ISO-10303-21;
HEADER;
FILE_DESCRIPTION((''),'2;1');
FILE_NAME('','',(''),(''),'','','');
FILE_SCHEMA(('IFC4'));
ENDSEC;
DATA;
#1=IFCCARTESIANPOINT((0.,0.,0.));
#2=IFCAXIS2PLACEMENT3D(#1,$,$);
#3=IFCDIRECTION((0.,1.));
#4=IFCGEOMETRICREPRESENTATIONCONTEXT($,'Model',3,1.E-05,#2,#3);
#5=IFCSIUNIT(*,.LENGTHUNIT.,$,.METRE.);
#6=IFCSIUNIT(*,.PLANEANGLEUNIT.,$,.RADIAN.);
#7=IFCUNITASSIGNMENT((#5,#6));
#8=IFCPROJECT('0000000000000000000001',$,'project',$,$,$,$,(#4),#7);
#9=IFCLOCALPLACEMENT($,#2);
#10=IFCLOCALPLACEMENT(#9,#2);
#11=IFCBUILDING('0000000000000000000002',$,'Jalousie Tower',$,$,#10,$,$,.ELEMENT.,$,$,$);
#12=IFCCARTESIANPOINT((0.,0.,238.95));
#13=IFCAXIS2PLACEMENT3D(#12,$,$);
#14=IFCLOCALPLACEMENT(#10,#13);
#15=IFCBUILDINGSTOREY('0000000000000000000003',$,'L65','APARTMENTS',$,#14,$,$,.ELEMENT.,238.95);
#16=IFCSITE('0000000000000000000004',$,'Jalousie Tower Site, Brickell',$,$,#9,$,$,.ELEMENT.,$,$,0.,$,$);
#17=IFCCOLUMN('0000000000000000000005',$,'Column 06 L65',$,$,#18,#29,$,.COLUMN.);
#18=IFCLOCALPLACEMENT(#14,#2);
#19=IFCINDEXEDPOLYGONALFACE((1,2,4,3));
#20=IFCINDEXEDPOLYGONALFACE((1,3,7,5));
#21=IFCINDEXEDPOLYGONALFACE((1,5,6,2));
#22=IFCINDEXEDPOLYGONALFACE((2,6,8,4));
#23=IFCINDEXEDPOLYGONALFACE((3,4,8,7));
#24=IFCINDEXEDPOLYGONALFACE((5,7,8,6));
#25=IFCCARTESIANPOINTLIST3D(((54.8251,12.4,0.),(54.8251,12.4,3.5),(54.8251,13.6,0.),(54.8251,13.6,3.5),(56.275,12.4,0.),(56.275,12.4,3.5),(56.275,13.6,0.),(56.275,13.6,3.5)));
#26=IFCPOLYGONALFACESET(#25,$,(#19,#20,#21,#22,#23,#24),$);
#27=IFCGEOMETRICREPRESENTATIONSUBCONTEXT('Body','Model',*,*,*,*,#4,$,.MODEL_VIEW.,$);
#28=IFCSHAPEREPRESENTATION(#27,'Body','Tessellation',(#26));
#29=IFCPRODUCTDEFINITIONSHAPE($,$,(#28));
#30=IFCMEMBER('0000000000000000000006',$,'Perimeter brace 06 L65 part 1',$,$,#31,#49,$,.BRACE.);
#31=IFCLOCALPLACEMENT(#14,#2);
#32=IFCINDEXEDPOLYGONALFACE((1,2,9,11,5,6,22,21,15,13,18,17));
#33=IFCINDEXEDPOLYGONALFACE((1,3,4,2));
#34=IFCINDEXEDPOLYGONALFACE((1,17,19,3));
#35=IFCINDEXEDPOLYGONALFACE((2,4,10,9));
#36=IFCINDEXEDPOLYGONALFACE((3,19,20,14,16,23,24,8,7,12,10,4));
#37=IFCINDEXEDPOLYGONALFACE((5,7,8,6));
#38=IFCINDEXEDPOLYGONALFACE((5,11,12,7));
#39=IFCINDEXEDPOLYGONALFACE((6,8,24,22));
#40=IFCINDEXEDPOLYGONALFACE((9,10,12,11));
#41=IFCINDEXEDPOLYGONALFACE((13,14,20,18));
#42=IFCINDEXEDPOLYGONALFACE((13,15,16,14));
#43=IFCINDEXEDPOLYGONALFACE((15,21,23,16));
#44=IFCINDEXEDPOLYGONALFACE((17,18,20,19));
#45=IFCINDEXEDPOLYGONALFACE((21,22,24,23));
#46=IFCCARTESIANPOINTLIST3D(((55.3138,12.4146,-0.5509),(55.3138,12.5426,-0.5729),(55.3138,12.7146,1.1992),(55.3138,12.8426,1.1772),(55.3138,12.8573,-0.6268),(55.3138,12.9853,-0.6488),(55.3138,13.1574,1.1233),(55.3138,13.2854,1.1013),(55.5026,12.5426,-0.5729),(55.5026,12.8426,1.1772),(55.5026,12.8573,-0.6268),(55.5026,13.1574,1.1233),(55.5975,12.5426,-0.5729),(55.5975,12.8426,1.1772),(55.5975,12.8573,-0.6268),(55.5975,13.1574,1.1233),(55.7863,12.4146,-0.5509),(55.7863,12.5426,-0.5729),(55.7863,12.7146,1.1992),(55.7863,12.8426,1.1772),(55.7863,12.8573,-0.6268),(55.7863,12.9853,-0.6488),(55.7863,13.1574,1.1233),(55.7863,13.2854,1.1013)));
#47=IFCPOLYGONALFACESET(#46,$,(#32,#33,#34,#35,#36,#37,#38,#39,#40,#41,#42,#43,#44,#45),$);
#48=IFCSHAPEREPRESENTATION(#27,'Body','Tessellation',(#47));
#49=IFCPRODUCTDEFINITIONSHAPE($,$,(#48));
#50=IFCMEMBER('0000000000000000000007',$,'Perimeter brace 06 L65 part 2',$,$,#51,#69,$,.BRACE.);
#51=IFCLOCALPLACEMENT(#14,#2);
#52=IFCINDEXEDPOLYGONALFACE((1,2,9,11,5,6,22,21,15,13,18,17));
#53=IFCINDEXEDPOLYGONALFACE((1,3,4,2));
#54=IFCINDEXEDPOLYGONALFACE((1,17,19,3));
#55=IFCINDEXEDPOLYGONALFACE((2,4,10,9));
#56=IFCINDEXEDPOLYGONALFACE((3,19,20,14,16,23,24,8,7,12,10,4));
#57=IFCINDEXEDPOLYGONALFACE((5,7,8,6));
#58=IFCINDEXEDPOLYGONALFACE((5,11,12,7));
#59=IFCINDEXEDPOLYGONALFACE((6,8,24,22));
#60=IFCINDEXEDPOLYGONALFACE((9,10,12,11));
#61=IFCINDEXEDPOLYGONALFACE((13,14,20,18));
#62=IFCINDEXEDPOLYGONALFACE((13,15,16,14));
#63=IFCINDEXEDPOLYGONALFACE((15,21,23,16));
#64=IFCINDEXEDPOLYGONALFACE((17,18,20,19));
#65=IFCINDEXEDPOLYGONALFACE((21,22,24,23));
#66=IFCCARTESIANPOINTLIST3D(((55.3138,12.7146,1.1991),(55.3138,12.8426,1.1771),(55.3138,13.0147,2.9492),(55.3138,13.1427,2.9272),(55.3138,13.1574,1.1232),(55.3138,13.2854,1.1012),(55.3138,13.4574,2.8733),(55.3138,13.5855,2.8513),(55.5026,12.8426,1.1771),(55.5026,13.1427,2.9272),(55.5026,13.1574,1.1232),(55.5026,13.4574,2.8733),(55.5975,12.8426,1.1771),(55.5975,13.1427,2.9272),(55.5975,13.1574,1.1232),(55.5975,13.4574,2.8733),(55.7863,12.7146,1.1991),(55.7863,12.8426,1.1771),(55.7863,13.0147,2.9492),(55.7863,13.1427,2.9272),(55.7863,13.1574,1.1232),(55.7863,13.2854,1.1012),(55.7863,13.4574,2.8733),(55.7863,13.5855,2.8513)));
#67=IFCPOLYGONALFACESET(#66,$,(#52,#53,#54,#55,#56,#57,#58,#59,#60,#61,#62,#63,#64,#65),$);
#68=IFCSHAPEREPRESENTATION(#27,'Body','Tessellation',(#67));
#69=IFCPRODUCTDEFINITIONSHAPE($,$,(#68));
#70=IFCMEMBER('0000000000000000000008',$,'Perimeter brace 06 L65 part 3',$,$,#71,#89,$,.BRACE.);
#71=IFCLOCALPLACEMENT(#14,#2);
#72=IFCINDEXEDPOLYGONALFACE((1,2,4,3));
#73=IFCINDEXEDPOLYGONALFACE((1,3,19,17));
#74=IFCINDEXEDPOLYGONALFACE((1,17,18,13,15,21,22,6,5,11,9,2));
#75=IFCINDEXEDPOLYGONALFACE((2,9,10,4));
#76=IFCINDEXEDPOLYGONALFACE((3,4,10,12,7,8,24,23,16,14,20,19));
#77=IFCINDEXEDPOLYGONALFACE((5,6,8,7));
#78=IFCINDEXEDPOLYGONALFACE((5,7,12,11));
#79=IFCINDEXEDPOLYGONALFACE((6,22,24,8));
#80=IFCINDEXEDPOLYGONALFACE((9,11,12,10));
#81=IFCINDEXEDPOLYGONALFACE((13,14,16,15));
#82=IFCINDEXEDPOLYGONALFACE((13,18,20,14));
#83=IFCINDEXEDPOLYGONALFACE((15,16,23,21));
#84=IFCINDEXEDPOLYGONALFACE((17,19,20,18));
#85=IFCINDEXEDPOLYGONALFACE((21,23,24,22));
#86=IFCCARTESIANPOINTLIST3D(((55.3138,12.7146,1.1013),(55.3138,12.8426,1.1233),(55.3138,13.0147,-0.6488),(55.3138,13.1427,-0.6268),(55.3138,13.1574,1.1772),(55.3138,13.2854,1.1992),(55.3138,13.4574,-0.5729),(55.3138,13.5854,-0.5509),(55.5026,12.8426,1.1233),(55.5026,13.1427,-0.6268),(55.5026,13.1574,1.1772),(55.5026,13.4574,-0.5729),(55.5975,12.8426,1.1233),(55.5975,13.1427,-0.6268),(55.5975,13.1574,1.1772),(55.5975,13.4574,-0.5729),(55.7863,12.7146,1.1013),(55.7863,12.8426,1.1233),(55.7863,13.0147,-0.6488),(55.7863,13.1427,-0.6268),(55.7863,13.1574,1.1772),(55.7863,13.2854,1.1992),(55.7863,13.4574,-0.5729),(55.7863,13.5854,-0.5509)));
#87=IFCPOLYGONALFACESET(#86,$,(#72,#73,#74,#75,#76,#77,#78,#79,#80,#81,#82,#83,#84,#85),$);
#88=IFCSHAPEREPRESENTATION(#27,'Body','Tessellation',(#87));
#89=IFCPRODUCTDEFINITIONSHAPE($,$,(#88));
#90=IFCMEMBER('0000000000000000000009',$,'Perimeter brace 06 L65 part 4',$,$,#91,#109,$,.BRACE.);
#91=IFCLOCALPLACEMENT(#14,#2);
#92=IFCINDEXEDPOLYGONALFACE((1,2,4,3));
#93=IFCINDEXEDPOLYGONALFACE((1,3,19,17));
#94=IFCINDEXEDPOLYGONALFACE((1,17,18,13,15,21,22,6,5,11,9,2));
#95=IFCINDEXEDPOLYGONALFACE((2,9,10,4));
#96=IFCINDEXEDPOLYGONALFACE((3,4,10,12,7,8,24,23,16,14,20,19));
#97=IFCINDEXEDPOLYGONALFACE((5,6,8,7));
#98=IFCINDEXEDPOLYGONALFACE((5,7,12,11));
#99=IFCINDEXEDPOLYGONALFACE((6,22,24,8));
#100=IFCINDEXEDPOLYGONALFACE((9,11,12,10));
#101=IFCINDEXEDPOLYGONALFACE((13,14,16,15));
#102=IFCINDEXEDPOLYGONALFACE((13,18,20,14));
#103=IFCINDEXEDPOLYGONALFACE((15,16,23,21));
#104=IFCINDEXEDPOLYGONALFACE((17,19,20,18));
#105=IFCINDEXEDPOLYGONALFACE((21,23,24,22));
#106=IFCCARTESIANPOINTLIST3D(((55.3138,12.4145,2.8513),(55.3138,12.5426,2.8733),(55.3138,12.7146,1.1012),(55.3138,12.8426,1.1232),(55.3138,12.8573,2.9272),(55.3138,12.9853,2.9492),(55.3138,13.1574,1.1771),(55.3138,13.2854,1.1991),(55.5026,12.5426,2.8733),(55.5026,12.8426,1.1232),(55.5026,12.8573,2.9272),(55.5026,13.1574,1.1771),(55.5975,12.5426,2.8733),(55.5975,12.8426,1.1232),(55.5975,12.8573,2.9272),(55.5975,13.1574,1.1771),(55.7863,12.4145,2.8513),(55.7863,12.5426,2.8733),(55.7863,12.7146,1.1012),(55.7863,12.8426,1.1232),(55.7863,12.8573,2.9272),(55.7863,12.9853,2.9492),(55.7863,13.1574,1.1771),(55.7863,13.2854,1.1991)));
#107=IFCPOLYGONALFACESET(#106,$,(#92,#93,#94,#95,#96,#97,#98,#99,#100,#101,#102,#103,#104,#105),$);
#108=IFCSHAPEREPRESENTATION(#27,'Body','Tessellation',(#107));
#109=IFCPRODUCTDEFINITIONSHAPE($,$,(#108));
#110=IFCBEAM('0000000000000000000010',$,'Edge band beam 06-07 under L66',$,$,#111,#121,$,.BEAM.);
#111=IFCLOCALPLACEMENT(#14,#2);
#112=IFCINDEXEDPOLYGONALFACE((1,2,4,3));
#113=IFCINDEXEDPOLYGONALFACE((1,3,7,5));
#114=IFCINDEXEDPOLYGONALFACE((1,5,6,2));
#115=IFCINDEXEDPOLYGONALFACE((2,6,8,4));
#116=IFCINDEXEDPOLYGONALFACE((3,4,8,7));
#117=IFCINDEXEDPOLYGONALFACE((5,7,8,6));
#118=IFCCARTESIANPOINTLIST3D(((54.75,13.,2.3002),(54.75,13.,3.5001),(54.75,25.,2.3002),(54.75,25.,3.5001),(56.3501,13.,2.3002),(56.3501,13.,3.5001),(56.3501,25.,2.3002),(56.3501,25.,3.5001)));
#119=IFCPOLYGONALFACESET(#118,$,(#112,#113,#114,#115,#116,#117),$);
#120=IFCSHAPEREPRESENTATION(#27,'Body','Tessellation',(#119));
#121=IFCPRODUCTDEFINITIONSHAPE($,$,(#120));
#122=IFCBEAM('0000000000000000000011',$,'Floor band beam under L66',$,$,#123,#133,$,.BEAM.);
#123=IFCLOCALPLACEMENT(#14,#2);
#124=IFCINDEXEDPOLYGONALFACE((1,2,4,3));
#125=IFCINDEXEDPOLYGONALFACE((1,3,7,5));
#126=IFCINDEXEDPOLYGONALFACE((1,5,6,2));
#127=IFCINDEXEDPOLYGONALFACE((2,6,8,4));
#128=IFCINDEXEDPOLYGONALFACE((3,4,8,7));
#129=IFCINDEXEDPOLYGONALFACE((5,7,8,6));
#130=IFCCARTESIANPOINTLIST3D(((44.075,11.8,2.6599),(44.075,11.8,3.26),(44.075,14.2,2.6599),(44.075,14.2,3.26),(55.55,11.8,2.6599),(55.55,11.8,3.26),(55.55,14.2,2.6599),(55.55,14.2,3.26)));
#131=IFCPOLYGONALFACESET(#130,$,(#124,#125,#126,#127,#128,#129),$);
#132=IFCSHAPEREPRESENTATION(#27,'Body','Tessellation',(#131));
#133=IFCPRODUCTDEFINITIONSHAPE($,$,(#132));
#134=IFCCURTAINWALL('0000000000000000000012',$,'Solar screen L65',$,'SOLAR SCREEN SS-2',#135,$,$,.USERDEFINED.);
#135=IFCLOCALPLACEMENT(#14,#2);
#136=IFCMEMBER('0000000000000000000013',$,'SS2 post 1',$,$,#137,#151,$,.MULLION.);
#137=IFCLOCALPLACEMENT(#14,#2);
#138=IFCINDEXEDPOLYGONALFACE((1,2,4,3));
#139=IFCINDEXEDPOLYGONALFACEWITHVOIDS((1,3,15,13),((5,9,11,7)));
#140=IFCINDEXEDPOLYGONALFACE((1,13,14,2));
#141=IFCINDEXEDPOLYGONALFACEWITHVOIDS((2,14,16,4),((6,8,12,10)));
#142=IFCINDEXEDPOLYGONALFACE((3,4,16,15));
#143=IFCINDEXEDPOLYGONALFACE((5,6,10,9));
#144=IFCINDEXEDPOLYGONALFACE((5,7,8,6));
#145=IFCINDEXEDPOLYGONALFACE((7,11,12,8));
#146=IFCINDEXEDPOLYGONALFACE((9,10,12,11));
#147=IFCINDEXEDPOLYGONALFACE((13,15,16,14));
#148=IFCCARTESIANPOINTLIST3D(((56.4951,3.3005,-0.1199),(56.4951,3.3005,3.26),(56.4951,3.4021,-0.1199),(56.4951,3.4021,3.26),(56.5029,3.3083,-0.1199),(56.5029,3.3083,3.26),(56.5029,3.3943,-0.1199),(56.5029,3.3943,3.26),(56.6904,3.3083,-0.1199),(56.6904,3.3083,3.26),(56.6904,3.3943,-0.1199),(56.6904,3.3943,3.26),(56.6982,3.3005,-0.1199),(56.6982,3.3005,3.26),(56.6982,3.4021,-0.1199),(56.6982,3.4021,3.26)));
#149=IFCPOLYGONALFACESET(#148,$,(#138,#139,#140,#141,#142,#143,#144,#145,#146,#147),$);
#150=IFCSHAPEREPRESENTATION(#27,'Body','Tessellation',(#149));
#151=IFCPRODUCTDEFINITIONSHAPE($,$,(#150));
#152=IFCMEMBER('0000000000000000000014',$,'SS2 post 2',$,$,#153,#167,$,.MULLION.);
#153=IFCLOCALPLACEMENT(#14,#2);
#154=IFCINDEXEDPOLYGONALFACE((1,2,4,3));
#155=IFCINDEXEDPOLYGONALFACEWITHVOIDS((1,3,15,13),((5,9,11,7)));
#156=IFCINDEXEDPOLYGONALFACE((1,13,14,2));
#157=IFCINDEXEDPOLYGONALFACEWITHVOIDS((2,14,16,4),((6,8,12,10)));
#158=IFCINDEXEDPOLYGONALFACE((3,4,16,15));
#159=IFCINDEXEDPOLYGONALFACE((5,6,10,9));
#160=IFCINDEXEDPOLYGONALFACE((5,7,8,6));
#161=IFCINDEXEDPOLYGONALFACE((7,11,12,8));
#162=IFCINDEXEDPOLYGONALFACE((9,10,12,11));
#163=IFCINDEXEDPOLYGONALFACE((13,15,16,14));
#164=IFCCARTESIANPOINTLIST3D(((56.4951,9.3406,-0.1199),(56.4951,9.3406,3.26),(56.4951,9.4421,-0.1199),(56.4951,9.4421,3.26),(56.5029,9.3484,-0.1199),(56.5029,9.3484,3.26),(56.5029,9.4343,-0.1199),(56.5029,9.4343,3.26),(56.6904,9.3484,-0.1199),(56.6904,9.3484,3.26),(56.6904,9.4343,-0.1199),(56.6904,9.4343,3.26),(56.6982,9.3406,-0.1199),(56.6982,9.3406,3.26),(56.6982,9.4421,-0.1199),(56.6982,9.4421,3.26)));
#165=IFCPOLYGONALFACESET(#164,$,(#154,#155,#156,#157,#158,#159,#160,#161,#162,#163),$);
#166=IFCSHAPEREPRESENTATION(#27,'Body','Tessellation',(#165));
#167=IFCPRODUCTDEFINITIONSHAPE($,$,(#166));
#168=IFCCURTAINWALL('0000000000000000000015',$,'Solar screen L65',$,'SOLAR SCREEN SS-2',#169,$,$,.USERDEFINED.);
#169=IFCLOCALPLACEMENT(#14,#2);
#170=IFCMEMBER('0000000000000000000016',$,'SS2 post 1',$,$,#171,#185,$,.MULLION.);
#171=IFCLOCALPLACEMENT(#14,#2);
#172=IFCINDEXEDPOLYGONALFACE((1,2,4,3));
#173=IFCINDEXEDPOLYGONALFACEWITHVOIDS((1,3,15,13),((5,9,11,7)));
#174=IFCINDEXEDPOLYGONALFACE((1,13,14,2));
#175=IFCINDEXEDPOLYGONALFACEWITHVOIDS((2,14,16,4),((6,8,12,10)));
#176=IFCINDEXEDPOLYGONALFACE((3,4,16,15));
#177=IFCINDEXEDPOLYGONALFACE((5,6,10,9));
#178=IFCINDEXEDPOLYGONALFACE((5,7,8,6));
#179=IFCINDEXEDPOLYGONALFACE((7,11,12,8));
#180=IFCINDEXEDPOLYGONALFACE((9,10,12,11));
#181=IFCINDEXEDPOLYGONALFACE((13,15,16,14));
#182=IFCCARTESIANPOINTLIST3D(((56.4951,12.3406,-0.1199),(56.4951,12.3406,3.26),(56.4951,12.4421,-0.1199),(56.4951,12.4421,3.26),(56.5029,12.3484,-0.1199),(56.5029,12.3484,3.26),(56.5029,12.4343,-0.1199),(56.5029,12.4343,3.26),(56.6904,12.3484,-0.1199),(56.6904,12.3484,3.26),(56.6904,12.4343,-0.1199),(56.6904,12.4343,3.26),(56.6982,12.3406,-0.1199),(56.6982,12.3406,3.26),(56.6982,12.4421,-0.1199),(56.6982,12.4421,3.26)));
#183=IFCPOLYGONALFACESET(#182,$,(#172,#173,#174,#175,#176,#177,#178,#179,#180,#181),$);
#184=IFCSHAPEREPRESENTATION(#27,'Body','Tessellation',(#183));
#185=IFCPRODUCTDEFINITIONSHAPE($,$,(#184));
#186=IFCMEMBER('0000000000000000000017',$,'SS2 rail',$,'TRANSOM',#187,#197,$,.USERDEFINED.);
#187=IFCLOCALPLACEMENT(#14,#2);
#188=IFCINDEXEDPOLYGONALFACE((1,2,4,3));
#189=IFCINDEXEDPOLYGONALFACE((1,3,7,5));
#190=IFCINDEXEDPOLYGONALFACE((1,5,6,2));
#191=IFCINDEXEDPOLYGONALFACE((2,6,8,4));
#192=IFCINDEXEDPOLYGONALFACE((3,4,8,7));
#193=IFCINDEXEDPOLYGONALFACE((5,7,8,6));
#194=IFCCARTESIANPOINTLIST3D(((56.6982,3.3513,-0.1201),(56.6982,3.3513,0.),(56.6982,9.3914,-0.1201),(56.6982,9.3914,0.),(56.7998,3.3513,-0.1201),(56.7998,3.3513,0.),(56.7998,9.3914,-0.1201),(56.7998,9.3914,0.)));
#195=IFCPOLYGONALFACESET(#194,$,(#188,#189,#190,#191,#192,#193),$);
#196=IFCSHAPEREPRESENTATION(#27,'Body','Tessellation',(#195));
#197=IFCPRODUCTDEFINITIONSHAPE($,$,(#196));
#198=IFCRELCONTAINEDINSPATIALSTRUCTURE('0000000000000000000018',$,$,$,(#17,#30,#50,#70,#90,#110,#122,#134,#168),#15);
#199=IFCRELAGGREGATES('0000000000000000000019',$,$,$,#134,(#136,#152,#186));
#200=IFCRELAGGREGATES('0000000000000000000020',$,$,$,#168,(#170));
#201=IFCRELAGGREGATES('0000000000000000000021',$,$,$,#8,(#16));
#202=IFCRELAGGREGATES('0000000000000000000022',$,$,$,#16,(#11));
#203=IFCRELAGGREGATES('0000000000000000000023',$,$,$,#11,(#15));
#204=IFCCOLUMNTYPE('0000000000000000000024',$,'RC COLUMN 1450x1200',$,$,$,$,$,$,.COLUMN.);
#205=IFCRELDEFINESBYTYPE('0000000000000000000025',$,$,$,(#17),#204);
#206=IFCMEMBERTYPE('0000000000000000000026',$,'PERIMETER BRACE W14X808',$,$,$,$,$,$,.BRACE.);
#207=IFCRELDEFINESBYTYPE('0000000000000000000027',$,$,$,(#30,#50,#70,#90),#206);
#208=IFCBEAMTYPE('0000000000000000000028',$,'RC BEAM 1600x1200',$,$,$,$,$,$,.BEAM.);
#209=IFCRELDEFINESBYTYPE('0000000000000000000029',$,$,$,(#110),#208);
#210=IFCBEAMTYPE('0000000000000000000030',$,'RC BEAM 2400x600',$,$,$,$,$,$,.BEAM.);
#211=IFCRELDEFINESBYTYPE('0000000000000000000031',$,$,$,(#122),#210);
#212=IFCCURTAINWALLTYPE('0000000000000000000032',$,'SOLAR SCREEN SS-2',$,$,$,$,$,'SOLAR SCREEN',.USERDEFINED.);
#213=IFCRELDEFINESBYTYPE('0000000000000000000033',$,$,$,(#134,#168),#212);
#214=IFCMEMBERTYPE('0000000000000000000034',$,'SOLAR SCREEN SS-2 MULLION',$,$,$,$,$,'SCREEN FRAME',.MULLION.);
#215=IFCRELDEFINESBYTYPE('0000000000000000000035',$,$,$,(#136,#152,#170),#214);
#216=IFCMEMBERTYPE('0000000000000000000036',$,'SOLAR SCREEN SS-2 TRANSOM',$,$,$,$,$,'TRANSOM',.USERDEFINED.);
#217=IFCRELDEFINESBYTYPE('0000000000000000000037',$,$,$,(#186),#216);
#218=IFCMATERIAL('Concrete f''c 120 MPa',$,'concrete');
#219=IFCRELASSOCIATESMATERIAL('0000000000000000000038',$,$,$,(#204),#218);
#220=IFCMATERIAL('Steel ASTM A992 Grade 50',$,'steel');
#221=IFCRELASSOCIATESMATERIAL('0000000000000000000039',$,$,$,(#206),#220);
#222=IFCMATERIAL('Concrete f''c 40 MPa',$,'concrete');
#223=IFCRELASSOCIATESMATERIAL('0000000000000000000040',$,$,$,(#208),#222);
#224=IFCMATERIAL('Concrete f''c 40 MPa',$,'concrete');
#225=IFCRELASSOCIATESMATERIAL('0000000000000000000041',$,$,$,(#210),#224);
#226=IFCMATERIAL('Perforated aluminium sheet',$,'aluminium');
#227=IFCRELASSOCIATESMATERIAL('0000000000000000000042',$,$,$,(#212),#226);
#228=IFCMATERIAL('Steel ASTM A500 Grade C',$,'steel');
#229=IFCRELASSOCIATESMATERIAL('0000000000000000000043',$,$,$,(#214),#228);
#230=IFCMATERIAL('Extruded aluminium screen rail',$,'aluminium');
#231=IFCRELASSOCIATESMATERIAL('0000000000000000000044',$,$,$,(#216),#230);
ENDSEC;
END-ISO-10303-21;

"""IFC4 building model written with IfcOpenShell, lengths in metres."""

from ifc_helpers import new_model, si_unit, direction, frame, origin, origin_2d, place, context, subcontext, project, spatial, rectangle, hollow_rectangle, i_section, extrude, material, material_profile, profile_set, type_object, element, aggregate, save


model = new_model("IFC4")

# Units and contexts
model_context = context("Model", 3, precision=1e-05, world=origin(), true_north=direction((0.0, 1.0)))
body_context = subcontext(model_context, "Body", "Model", "MODEL_VIEW")
ifc_project = project(units=[si_unit("LENGTHUNIT", "METRE"), si_unit("PLANEANGLEUNIT", "RADIAN")], contexts=[model_context])

# Site, building, storey
site_placement = place(None, origin())
site = spatial("IfcSite", under=ifc_project, at=site_placement, Name="Jalousie Tower Site, Brickell", CompositionType="ELEMENT", RefElevation=0.0)
building_placement = place(site_placement, origin())
building = spatial("IfcBuilding", under=site, at=building_placement, Name="Jalousie Tower", CompositionType="ELEMENT")
storey_placement = place(building_placement, frame((0.0, 0.0, 238.95)))
storey = spatial("IfcBuildingStorey", under=building, at=storey_placement, Name="L65", Description="APARTMENTS", CompositionType="ELEMENT", Elevation=238.95)

# Column
ifc_material_1 = material(Name="Concrete f'c 120 MPa", Category="concrete")
ifc_material_profile_1 = material_profile(ifc_material_1, rectangle(XDim=1.45, YDim=1.2, at=origin_2d()), Name="RC 1450x1200")
ifc_profile_set_1 = profile_set([ifc_material_profile_1], Name="Concrete f'c 120 MPa")
column_type = type_object("IfcColumnType", Name="RC COLUMN 1450x1200", PredefinedType="COLUMN", material=ifc_profile_set_1)
column_placement = place(storey_placement, frame((55.55, 13.0, 0.0), z_axis=(0.0, 0.0, 1.0), x_axis=(1.0, 0.0, 0.0)))
element("IfcColumn", 1, at=column_placement, inside=storey, type_object=column_type, Name="Column 06 L65", PredefinedType="COLUMN", context=body_context, shape_type="SweptSolid", body=[
    extrude(rectangle(XDim=1.45, YDim=1.2, at=origin_2d()), origin(), (0.0, 0.0, 1.0), 3.5),
])

# Members
ifc_material_2 = material(Name="Steel ASTM A992 Grade 50", Category="steel")
ifc_material_profile_2 = material_profile(ifc_material_2, i_section(OverallWidth=0.4724, OverallDepth=0.5791, WebThickness=0.095, FlangeThickness=0.1299, at=origin_2d()), Name="W14X808")
ifc_profile_set_2 = profile_set([ifc_material_profile_2], Name="Steel ASTM A992 Grade 50")
member_type_1 = type_object("IfcMemberType", Name="PERIMETER BRACE W14X808", PredefinedType="BRACE", material=ifc_profile_set_2)
for number, where, z_axis, x_axis, name in (
    (2, (55.55, 12.7, -0.5999), (0.0, 0.168991, 0.985618), (-1.0, 0.0, 0.0), "Perimeter brace 06 L65 part 1"),
    (3, (55.55, 13.0, 1.1501), (0.0, 0.168991, 0.985618), (-1.0, 0.0, 0.0), "Perimeter brace 06 L65 part 2"),
    (4, (55.55, 13.3, -0.5999), (0.0, -0.168991, 0.985618), (1.0, 0.0, 0.0), "Perimeter brace 06 L65 part 3"),
    (5, (55.55, 13.0, 1.1501), (0.0, -0.168991, 0.985618), (1.0, 0.0, 0.0), "Perimeter brace 06 L65 part 4"),
):
    element("IfcMember", number, at=place(storey_placement, frame(where, z_axis=z_axis, x_axis=x_axis)), inside=storey, type_object=member_type_1, Name=name, PredefinedType="BRACE", context=body_context, shape_type="SweptSolid", body=[
        extrude(i_section(OverallWidth=0.4724, OverallDepth=0.5791, WebThickness=0.095, FlangeThickness=0.1299, at=origin_2d()), origin(), (0.0, 0.0, 1.0), 1.7756),
    ])

# Beams
ifc_material_3 = material(Name="Concrete f'c 40 MPa", Category="concrete")
ifc_material_profile_3 = material_profile(ifc_material_3, rectangle(XDim=1.6001, YDim=1.2, at=origin_2d()), Name="RC 1600x1200")
ifc_profile_set_3 = profile_set([ifc_material_profile_3], Name="Concrete f'c 40 MPa")
beam_type_1 = type_object("IfcBeamType", Name="RC BEAM 1600x1200", PredefinedType="BEAM", material=ifc_profile_set_3)
beam_1_placement = place(storey_placement, frame((55.55, 13.0, 2.9001), z_axis=(0.0, 1.0, 0.0), x_axis=(-1.0, 0.0, 0.0)))
element("IfcBeam", 6, at=beam_1_placement, inside=storey, type_object=beam_type_1, Name="Edge band beam 06-07 under L66", PredefinedType="BEAM", context=body_context, shape_type="SweptSolid", body=[
    extrude(rectangle(XDim=1.6001, YDim=1.2, at=origin_2d()), origin(), (0.0, 0.0, 1.0), 12.0),
])
ifc_material_4 = material(Name="Concrete f'c 40 MPa", Category="concrete")
ifc_material_profile_4 = material_profile(ifc_material_4, rectangle(XDim=2.3999, YDim=0.6001, at=origin_2d()), Name="RC 2400x600")
ifc_profile_set_4 = profile_set([ifc_material_profile_4], Name="Concrete f'c 40 MPa")
beam_type_2 = type_object("IfcBeamType", Name="RC BEAM 2400x600", PredefinedType="BEAM", material=ifc_profile_set_4)
beam_2_placement = place(storey_placement, frame((55.55, 13.0, 2.96), z_axis=(-1.0, 0.0, 0.0), x_axis=(0.0, -1.0, 0.0)))
element("IfcBeam", 7, at=beam_2_placement, inside=storey, type_object=beam_type_2, Name="Floor band beam under L66", PredefinedType="BEAM", context=body_context, shape_type="SweptSolid", body=[
    extrude(rectangle(XDim=2.3999, YDim=0.6001, at=origin_2d()), origin(), (0.0, 0.0, 1.0), 11.4751),
])

# Curtain wall, members
ifc_material_5 = material(Name="Perforated aluminium sheet", Category="aluminium")
curtain_wall_type = type_object("IfcCurtainWallType", Name="SOLAR SCREEN SS-2", ElementType="SOLAR SCREEN", PredefinedType="USERDEFINED", material=ifc_material_5)
curtain_wall_1_placement = place(storey_placement, origin())
curtain_wall_1 = element("IfcCurtainWall", 8, at=curtain_wall_1_placement, inside=storey, type_object=curtain_wall_type, Name="Solar screen L65", ObjectType="SOLAR SCREEN SS-2", PredefinedType="USERDEFINED")
ifc_material_6 = material(Name="Steel ASTM A500 Grade C", Category="steel")
ifc_material_profile_5 = material_profile(ifc_material_6, hollow_rectangle(XDim=0.1016, YDim=0.2031, WallThickness=0.0078, at=origin_2d()), Name="HSS8X4X5/16")
ifc_profile_set_5 = profile_set([ifc_material_profile_5], Name="Steel ASTM A500 Grade C")
member_type_2 = type_object("IfcMemberType", Name="SOLAR SCREEN SS-2 MULLION", ElementType="SCREEN FRAME", PredefinedType="MULLION", material=ifc_profile_set_5)
member_1_placement = place(storey_placement, frame((56.5967, 3.3513, -0.1199), z_axis=(0.0, 0.0, 1.0), x_axis=(0.0, 1.0, 0.0)))
member_1 = element("IfcMember", 9, at=member_1_placement, type_object=member_type_2, Name="SS2 post 1", PredefinedType="MULLION", context=body_context, shape_type="SweptSolid", body=[
    extrude(hollow_rectangle(XDim=0.1016, YDim=0.2031, WallThickness=0.0078, at=origin_2d()), origin(), (0.0, 0.0, 1.0), 3.3799),
])
member_2_placement = place(storey_placement, frame((56.5967, 9.3914, -0.1199), z_axis=(0.0, 0.0, 1.0), x_axis=(0.0, 1.0, 0.0)))
member_2 = element("IfcMember", 10, at=member_2_placement, type_object=member_type_2, Name="SS2 post 2", PredefinedType="MULLION", context=body_context, shape_type="SweptSolid", body=[
    extrude(hollow_rectangle(XDim=0.1016, YDim=0.2031, WallThickness=0.0078, at=origin_2d()), origin(), (0.0, 0.0, 1.0), 3.3799),
])

# Curtain wall, member
curtain_wall_2_placement = place(storey_placement, origin())
curtain_wall_2 = element("IfcCurtainWall", 11, at=curtain_wall_2_placement, inside=storey, type_object=curtain_wall_type, Name="Solar screen L65", ObjectType="SOLAR SCREEN SS-2", PredefinedType="USERDEFINED")
member_3_placement = place(storey_placement, frame((56.5967, 12.3914, -0.1199), z_axis=(0.0, 0.0, 1.0), x_axis=(0.0, 1.0, 0.0)))
member_3 = element("IfcMember", 12, at=member_3_placement, type_object=member_type_2, Name="SS2 post 1", PredefinedType="MULLION", context=body_context, shape_type="SweptSolid", body=[
    extrude(hollow_rectangle(XDim=0.1016, YDim=0.2031, WallThickness=0.0078, at=origin_2d()), origin(), (0.0, 0.0, 1.0), 3.3799),
])

# Member
ifc_material_7 = material(Name="Extruded aluminium screen rail", Category="aluminium")
ifc_material_profile_6 = material_profile(ifc_material_7, rectangle(XDim=0.1016, YDim=0.1201, at=origin_2d()), Name="RAIL 102x120")
ifc_profile_set_6 = profile_set([ifc_material_profile_6], Name="Extruded aluminium screen rail")
member_type_3 = type_object("IfcMemberType", Name="SOLAR SCREEN SS-2 TRANSOM", ElementType="TRANSOM", PredefinedType="USERDEFINED", material=ifc_profile_set_6)
member_4_placement = place(storey_placement, frame((56.749, 3.3513, -0.0601), z_axis=(0.0, 1.0, 0.0), x_axis=(-1.0, 0.0, 0.0)))
member_4 = element("IfcMember", 13, at=member_4_placement, type_object=member_type_3, Name="SS2 rail", ObjectType="TRANSOM", PredefinedType="USERDEFINED", context=body_context, shape_type="SweptSolid", body=[
    extrude(rectangle(XDim=0.1016, YDim=0.1201, at=origin_2d()), origin(), (0.0, 0.0, 1.0), 6.04),
])

aggregate(curtain_wall_1, [member_1, member_2, member_4])
aggregate(curtain_wall_2, [member_3])

save(model, "model.ifc")
